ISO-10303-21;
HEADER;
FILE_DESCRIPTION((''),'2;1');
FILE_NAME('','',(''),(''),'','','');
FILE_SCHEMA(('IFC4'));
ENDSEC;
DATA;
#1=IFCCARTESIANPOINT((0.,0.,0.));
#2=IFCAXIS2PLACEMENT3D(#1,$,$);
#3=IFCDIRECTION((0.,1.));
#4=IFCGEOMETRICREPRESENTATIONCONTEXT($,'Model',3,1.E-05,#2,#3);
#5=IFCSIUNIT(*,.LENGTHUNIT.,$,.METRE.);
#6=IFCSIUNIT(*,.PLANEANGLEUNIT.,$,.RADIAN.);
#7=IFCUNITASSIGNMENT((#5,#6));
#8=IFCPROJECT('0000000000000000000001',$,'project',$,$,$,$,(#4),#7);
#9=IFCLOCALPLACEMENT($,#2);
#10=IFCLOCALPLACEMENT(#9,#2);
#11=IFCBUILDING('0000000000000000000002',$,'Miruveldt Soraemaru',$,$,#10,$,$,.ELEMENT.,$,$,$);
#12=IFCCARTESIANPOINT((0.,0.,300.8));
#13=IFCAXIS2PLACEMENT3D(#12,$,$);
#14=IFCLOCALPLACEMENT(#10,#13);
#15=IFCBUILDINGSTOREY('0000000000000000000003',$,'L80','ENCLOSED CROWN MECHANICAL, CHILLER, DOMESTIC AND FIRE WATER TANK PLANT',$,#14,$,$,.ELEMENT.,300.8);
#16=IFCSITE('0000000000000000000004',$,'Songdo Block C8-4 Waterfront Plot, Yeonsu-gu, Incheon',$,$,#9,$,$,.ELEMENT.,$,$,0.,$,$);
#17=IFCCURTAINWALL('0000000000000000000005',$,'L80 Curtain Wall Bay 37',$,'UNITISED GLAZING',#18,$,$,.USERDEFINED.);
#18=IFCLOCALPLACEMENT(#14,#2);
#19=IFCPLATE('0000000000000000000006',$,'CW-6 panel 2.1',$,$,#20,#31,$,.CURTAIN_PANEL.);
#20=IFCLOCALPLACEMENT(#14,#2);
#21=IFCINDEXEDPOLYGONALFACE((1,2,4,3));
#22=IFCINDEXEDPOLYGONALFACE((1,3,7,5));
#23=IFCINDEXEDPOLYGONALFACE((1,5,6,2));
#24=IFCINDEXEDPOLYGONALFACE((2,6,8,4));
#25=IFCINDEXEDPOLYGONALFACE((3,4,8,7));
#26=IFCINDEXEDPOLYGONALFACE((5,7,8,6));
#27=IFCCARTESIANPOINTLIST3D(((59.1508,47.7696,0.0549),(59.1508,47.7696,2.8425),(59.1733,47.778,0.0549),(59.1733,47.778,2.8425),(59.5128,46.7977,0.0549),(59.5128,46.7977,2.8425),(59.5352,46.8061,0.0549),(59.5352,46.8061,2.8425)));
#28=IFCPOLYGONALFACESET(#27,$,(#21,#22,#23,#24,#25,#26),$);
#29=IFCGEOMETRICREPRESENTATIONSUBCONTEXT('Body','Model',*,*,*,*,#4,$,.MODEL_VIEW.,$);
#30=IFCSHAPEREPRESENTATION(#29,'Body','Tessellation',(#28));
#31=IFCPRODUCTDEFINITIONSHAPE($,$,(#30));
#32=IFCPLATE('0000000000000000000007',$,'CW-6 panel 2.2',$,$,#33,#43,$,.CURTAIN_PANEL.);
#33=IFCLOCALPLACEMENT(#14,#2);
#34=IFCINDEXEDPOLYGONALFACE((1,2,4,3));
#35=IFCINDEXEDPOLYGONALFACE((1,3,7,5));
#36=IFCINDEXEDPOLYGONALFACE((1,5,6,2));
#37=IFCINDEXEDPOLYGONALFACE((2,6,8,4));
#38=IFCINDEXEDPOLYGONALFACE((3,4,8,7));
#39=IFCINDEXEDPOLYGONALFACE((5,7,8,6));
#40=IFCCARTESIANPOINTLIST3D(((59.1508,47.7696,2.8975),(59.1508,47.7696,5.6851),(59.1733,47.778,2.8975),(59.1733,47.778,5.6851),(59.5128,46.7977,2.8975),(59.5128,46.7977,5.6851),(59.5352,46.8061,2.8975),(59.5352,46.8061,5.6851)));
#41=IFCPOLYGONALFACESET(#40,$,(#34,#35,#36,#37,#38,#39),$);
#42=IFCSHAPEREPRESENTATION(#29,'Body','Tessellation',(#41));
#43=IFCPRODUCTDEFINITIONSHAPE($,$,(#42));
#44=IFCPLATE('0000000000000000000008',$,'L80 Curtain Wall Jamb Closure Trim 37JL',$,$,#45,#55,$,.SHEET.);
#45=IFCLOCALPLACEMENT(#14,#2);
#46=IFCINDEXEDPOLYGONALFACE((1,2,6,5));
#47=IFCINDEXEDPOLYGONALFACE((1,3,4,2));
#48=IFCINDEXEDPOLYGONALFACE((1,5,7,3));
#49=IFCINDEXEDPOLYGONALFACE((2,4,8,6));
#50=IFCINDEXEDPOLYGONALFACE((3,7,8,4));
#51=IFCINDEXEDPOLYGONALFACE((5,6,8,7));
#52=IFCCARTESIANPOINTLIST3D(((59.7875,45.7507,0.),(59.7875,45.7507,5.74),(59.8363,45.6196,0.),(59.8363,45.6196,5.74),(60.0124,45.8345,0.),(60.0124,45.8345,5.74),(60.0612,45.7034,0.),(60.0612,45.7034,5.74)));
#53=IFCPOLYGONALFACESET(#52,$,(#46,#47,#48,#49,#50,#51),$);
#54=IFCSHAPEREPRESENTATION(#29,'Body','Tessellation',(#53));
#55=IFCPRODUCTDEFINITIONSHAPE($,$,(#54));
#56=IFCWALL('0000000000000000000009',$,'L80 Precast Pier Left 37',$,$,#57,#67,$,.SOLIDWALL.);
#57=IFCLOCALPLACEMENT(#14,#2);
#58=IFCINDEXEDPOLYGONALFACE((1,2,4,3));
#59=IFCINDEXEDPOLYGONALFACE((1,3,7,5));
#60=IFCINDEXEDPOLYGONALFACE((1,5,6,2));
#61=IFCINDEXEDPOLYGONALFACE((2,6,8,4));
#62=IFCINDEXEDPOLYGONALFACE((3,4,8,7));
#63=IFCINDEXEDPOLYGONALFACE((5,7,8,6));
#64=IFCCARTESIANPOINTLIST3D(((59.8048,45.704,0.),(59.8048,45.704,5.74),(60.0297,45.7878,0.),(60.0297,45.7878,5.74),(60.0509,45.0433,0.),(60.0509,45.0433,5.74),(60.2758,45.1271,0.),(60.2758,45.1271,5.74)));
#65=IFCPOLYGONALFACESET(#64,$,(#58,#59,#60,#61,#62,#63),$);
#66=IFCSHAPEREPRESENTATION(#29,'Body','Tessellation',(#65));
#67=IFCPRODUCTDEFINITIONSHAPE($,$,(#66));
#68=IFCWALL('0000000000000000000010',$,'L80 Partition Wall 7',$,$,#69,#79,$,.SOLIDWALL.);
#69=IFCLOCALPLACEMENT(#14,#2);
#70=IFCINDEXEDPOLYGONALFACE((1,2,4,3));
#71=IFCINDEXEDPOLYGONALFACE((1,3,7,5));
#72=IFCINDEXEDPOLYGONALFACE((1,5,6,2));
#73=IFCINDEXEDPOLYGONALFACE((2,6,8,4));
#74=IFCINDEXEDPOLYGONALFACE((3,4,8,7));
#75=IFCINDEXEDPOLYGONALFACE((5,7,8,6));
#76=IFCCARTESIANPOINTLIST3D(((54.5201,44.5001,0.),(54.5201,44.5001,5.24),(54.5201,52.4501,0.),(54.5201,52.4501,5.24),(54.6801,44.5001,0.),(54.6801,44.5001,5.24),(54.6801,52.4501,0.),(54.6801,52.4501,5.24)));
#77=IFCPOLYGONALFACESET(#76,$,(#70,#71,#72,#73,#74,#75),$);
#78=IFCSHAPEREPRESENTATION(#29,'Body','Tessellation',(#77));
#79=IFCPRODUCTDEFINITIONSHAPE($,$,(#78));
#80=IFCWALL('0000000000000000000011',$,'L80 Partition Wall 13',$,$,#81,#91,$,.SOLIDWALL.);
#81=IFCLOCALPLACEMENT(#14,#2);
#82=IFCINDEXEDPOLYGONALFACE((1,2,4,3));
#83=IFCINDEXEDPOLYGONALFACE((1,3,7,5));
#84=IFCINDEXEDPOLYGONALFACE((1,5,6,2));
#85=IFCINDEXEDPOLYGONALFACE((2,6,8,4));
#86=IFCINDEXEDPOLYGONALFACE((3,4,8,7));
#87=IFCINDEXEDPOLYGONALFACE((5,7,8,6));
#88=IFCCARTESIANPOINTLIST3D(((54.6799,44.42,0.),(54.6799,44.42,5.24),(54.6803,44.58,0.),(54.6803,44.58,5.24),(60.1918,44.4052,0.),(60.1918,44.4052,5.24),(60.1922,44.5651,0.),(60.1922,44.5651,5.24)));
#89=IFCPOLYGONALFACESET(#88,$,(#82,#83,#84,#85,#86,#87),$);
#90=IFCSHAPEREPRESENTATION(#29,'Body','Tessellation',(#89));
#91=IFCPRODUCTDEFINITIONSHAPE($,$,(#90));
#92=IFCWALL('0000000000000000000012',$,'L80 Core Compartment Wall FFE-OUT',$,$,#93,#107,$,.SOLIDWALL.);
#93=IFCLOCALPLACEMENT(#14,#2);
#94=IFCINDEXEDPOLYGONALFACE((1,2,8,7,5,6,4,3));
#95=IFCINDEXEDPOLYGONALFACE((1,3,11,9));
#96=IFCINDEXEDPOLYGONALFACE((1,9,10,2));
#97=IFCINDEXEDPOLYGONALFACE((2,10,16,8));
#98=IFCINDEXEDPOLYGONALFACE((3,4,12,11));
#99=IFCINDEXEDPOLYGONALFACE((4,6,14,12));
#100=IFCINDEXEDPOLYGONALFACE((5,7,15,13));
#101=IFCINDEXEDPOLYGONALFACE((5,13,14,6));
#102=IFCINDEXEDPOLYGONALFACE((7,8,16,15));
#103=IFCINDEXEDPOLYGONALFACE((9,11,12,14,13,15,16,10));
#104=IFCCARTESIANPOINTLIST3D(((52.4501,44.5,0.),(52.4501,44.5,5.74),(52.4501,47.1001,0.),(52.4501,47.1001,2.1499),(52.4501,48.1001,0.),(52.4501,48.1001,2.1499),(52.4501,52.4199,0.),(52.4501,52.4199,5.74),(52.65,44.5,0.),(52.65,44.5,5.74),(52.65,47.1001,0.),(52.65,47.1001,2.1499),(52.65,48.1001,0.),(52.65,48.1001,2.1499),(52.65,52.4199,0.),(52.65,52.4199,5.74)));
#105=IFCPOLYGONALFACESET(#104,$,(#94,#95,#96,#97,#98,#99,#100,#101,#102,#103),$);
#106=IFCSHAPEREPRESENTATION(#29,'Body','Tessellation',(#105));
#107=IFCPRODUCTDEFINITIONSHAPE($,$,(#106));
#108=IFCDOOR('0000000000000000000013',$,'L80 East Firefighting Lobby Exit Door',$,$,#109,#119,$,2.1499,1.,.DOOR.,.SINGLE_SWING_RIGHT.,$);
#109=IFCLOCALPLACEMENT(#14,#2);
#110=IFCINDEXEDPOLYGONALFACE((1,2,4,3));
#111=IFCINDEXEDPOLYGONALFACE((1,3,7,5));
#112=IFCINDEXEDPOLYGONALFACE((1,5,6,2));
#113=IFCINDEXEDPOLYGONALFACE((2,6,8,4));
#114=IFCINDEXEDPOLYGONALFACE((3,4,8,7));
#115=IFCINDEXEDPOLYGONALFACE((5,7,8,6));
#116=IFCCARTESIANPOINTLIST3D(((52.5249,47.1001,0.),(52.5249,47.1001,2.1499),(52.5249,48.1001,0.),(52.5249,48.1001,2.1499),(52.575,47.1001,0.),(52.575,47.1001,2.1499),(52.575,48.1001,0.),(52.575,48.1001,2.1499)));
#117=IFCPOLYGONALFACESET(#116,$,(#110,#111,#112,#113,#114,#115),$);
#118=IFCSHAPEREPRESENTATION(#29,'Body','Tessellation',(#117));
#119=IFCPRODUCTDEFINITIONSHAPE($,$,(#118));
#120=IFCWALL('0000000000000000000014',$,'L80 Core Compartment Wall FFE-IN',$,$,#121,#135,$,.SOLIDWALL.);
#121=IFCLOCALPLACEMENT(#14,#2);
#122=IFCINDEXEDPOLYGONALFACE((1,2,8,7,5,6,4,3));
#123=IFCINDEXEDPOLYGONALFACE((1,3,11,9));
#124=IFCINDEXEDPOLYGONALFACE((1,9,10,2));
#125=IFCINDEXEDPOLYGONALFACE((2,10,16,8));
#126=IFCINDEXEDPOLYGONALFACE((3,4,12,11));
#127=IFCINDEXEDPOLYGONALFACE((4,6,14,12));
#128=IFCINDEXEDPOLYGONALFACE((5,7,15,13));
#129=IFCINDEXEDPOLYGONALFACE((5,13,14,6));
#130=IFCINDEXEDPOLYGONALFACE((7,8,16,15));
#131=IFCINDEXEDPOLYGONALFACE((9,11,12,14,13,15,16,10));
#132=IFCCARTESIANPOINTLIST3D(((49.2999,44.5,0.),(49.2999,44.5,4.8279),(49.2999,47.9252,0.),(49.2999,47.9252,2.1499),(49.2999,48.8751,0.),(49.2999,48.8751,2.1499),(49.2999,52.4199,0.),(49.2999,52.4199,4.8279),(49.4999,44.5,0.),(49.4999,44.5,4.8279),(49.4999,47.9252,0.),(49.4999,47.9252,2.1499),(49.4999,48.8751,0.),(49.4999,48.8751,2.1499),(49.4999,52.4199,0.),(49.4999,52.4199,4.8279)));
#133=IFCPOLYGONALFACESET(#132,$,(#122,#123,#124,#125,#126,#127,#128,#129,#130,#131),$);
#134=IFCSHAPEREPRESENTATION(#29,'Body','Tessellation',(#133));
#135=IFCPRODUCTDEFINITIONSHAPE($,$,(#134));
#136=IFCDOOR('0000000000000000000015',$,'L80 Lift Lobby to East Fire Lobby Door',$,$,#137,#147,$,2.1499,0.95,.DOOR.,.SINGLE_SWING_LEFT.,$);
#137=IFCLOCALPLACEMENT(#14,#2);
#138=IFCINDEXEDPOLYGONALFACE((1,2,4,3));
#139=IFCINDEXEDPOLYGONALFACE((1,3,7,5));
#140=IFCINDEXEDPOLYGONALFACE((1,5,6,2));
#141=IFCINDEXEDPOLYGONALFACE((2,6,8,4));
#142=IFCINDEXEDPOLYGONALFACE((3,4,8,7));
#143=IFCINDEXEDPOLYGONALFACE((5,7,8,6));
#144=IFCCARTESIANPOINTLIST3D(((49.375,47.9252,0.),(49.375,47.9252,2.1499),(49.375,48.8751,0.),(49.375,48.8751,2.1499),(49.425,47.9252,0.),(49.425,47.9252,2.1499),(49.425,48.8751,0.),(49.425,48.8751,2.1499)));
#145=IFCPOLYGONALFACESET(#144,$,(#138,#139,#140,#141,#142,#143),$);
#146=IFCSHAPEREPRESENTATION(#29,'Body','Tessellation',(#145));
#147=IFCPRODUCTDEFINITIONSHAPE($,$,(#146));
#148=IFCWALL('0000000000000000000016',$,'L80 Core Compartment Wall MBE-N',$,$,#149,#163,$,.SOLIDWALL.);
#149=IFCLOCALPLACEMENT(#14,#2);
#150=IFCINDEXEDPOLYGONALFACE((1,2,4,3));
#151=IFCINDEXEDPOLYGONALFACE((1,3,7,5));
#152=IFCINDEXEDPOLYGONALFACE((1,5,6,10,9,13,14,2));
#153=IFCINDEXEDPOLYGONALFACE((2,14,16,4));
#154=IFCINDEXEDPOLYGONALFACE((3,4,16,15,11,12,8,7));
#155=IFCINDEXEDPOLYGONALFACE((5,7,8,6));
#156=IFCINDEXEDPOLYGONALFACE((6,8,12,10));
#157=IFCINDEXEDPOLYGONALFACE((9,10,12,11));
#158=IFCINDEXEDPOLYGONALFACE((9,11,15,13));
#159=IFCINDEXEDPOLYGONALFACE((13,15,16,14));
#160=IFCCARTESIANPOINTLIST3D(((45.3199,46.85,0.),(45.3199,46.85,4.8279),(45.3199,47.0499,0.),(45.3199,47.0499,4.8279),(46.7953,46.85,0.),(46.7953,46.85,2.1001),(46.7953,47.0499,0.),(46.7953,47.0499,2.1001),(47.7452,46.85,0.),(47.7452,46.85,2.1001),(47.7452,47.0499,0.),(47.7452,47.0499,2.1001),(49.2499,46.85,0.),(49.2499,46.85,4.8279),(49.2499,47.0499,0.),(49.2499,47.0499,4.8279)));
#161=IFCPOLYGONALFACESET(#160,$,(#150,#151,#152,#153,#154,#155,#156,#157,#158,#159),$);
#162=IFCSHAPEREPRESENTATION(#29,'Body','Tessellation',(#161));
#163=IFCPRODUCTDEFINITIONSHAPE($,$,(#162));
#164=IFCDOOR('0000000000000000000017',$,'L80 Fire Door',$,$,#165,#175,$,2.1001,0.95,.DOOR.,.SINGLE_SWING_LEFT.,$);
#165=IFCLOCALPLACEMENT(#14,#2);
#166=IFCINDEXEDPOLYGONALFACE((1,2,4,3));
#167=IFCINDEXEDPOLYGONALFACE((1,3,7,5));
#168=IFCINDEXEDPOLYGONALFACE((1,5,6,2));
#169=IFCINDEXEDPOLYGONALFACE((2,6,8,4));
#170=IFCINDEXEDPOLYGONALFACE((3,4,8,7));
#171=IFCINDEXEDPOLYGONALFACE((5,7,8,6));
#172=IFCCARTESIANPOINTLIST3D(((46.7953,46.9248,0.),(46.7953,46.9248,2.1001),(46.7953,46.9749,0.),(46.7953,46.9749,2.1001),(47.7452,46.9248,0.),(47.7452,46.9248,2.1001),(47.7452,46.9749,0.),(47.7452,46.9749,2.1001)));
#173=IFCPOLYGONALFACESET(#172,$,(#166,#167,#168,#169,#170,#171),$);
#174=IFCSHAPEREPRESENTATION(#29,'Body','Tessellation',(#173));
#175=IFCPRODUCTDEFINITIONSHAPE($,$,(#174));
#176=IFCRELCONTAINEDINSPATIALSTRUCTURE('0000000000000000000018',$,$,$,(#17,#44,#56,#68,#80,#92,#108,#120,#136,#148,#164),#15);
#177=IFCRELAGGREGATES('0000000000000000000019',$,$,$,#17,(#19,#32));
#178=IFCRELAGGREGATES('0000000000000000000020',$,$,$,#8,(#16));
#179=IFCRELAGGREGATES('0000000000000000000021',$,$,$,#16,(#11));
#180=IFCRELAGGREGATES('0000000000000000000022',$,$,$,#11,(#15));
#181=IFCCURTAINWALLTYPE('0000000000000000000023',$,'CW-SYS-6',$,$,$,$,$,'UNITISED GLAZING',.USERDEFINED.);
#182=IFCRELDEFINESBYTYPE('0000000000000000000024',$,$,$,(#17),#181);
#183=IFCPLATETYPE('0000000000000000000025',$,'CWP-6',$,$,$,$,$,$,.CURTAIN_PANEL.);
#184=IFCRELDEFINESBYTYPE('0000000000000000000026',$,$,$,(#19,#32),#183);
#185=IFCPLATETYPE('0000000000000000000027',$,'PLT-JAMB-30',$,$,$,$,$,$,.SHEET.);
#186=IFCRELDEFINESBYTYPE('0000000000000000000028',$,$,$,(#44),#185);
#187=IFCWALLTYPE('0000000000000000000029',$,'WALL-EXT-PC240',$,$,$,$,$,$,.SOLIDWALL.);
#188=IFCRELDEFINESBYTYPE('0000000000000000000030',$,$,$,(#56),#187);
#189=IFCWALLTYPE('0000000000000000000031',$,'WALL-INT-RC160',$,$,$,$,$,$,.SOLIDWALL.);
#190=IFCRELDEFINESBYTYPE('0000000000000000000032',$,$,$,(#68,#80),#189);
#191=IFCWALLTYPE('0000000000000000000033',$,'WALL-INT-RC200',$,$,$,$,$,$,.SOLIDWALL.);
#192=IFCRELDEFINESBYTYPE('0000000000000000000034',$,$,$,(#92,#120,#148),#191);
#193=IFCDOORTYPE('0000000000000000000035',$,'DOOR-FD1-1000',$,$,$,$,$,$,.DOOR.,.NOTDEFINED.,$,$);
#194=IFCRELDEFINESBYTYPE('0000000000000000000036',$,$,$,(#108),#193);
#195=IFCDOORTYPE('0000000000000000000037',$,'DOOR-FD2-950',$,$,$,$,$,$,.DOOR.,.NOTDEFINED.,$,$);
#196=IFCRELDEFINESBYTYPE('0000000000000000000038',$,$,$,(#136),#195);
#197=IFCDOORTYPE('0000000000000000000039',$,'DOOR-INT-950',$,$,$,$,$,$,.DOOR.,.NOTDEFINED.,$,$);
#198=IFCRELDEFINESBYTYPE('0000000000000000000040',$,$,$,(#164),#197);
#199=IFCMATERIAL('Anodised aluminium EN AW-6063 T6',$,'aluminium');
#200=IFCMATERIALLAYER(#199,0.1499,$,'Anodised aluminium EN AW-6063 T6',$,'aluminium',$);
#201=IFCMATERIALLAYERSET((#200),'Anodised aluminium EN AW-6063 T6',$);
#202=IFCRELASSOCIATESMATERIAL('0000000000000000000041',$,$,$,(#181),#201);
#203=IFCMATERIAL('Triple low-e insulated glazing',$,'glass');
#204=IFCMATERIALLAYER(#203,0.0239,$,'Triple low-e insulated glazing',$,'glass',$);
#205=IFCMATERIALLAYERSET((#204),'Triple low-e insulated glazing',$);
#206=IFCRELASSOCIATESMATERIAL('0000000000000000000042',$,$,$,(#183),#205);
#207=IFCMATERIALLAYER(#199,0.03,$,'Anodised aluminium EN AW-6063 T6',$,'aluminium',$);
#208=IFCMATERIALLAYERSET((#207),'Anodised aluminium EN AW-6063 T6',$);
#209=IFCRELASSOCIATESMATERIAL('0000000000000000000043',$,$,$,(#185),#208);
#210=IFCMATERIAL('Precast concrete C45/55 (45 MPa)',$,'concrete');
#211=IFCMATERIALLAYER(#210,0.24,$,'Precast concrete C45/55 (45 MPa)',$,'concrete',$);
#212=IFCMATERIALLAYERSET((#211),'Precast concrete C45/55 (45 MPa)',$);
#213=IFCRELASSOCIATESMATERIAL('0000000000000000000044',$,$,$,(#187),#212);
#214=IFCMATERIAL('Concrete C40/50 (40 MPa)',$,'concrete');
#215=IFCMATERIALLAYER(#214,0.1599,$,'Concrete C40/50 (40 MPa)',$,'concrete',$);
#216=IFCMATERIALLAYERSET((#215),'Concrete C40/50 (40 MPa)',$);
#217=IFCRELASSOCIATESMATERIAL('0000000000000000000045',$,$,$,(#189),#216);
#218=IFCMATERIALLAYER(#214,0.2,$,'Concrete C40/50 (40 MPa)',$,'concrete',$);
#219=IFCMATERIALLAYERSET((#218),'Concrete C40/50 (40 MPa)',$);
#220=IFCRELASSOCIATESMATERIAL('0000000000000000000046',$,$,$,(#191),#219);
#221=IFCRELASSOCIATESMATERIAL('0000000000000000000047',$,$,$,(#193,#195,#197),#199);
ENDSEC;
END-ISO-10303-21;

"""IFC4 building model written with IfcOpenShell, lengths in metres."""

from ifc_helpers import new_model, si_unit, direction, frame, frame_2d, origin, origin_2d, place, context, subcontext, project, spatial, rectangle, extrude, material, layer, layer_set, type_object, element, fill, aggregate, save


model = new_model("IFC4")

# Units and contexts
model_context = context("Model", 3, precision=1e-05, world=origin(), true_north=direction((0.0, 1.0)))
body_context = subcontext(model_context, "Body", "Model", "MODEL_VIEW")
ifc_project = project(units=[si_unit("LENGTHUNIT", "METRE"), si_unit("PLANEANGLEUNIT", "RADIAN")], contexts=[model_context])

# Site, building, storey
site_placement = place(None, origin())
site = spatial("IfcSite", under=ifc_project, at=site_placement, Name="Songdo Block C8-4 Waterfront Plot, Yeonsu-gu, Incheon", CompositionType="ELEMENT", RefElevation=0.0)
building_placement = place(site_placement, origin())
building = spatial("IfcBuilding", under=site, at=building_placement, Name="Miruveldt Soraemaru", CompositionType="ELEMENT")
storey_placement = place(building_placement, frame((0.0, 0.0, 300.8)))
storey = spatial("IfcBuildingStorey", under=building, at=storey_placement, Name="L80", Description="ENCLOSED CROWN MECHANICAL, CHILLER, DOMESTIC AND FIRE WATER TANK PLANT", CompositionType="ELEMENT", Elevation=300.8)

# Curtain wall, plates
ifc_material_1 = material(Name="Anodised aluminium EN AW-6063 T6", Category="aluminium")
ifc_layer_1 = layer(ifc_material_1, 0.1499, Name="Anodised aluminium EN AW-6063 T6", Category="aluminium")
ifc_layer_set_1 = layer_set([ifc_layer_1], Name="Anodised aluminium EN AW-6063 T6")
curtain_wall_type = type_object("IfcCurtainWallType", Name="CW-SYS-6", ElementType="UNITISED GLAZING", PredefinedType="USERDEFINED", material=ifc_layer_set_1)
curtain_wall_placement = place(storey_placement, origin())
curtain_wall = element("IfcCurtainWall", 1, at=curtain_wall_placement, inside=storey, type_object=curtain_wall_type, Name="L80 Curtain Wall Bay 37", ObjectType="UNITISED GLAZING", PredefinedType="USERDEFINED")
ifc_material_2 = material(Name="Triple low-e insulated glazing", Category="glass")
ifc_layer_2 = layer(ifc_material_2, 0.0239, Name="Triple low-e insulated glazing", Category="glass")
ifc_layer_set_2 = layer_set([ifc_layer_2], Name="Triple low-e insulated glazing")
plate_type_1 = type_object("IfcPlateType", Name="CWP-6", PredefinedType="CURTAIN_PANEL", material=ifc_layer_set_2)
plate_1_placement = place(storey_placement, frame((59.343, 47.2878, 0.0549), z_axis=(0.0, 0.0, 1.0), x_axis=(-0.348998, 0.937123, 0.0)))
plate_1 = element("IfcPlate", 2, at=plate_1_placement, type_object=plate_type_1, Name="CW-6 panel 2.1", PredefinedType="CURTAIN_PANEL", context=body_context, shape_type="SweptSolid", body=[
    extrude(rectangle(XDim=1.0371, YDim=0.0239, at=origin_2d()), origin(), (0.0, 0.0, 1.0), 2.7876),
])
plate_2_placement = place(storey_placement, frame((59.343, 47.2878, 2.8975), z_axis=(0.0, 0.0, 1.0), x_axis=(-0.348998, 0.937123, 0.0)))
plate_2 = element("IfcPlate", 3, at=plate_2_placement, type_object=plate_type_1, Name="CW-6 panel 2.2", PredefinedType="CURTAIN_PANEL", context=body_context, shape_type="SweptSolid", body=[
    extrude(rectangle(XDim=1.0371, YDim=0.0239, at=origin_2d()), origin(), (0.0, 0.0, 1.0), 2.7876),
])
aggregate(curtain_wall, [plate_1, plate_2])

# Plate
ifc_layer_3 = layer(ifc_material_1, 0.03, Name="Anodised aluminium EN AW-6063 T6", Category="aluminium")
ifc_layer_set_3 = layer_set([ifc_layer_3], Name="Anodised aluminium EN AW-6063 T6")
plate_type_2 = type_object("IfcPlateType", Name="PLT-JAMB-30", PredefinedType="SHEET", material=ifc_layer_set_3)
plate_3_placement = place(storey_placement, frame((59.9243, 45.7271, 0.0), z_axis=(0.0, 0.0, 1.0), x_axis=(-0.34903, 0.937112, 0.0)))
element("IfcPlate", 4, at=plate_3_placement, inside=storey, type_object=plate_type_2, Name="L80 Curtain Wall Jamb Closure Trim 37JL", PredefinedType="SHEET", context=body_context, shape_type="SweptSolid", body=[
    extrude(rectangle(XDim=0.1399, YDim=0.24, at=origin_2d()), origin(), (0.0, 0.0, 1.0), 5.74),
])

# Walls
ifc_material_3 = material(Name="Precast concrete C45/55 (45 MPa)", Category="concrete")
ifc_layer_4 = layer(ifc_material_3, 0.24, Name="Precast concrete C45/55 (45 MPa)", Category="concrete")
ifc_layer_set_4 = layer_set([ifc_layer_4], Name="Precast concrete C45/55 (45 MPa)")
wall_type_1 = type_object("IfcWallType", Name="WALL-EXT-PC240", PredefinedType="SOLIDWALL", material=ifc_layer_set_4)
wall_1_placement = place(storey_placement, frame((60.1633, 45.0852, 0.0), z_axis=(0.0, 0.0, 1.0), x_axis=(-0.349073, 0.937095, 0.0)))
element("IfcWall", 5, at=wall_1_placement, inside=storey, type_object=wall_type_1, Name="L80 Precast Pier Left 37", PredefinedType="SOLIDWALL", context=body_context, shape_type="SweptSolid", body=[
    extrude(rectangle(XDim=0.7051, YDim=0.24, at=frame_2d((0.3525, 0.0))), origin(), (0.0, 0.0, 1.0), 5.74),
])
ifc_material_4 = material(Name="Concrete C40/50 (40 MPa)", Category="concrete")
ifc_layer_5 = layer(ifc_material_4, 0.1599, Name="Concrete C40/50 (40 MPa)", Category="concrete")
ifc_layer_set_5 = layer_set([ifc_layer_5], Name="Concrete C40/50 (40 MPa)")
wall_type_2 = type_object("IfcWallType", Name="WALL-INT-RC160", PredefinedType="SOLIDWALL", material=ifc_layer_set_5)
wall_2_placement = place(storey_placement, frame((54.6001, 44.5, 0.0), z_axis=(0.0, 0.0, 1.0), x_axis=(0.0, 1.0, 0.0)))
element("IfcWall", 6, at=wall_2_placement, inside=storey, type_object=wall_type_2, Name="L80 Partition Wall 7", PredefinedType="SOLIDWALL", context=body_context, shape_type="SweptSolid", body=[
    extrude(rectangle(XDim=7.95, YDim=0.1599, at=frame_2d((3.9751, 0.0))), origin(), (0.0, 0.0, 1.0), 5.24),
])
wall_3_placement = place(storey_placement, frame((60.1919, 44.4851, 0.0), z_axis=(0.0, 0.0, 1.0), x_axis=(-0.999996, 0.002702, 0.0)))
element("IfcWall", 7, at=wall_3_placement, inside=storey, type_object=wall_type_2, Name="L80 Partition Wall 13", PredefinedType="SOLIDWALL", context=body_context, shape_type="SweptSolid", body=[
    extrude(rectangle(XDim=5.512, YDim=0.1599, at=frame_2d((2.7559, 0.0))), origin(), (0.0, 0.0, 1.0), 5.24),
])

# Walls, openings, doors
ifc_layer_6 = layer(ifc_material_4, 0.2, Name="Concrete C40/50 (40 MPa)", Category="concrete")
ifc_layer_set_6 = layer_set([ifc_layer_6], Name="Concrete C40/50 (40 MPa)")
wall_type_3 = type_object("IfcWallType", Name="WALL-INT-RC200", PredefinedType="SOLIDWALL", material=ifc_layer_set_6)
wall_4_placement = place(storey_placement, frame((52.55, 44.5, 0.0), z_axis=(0.0, 0.0, 1.0), x_axis=(0.0, 1.0, 0.0)))
wall_4 = element("IfcWall", 8, at=wall_4_placement, inside=storey, type_object=wall_type_3, Name="L80 Core Compartment Wall FFE-OUT", PredefinedType="SOLIDWALL", context=body_context, shape_type="SweptSolid", body=[
    extrude(rectangle(XDim=7.9199, YDim=0.2, at=frame_2d((3.96, 0.0))), origin(), (0.0, 0.0, 1.0), 5.74),
])
opening_1_placement = place(wall_4_placement, frame((2.6001, 0.0, 0.0)))
opening_1 = element("IfcOpeningElement", 9, at=opening_1_placement, cuts=wall_4, PredefinedType="OPENING", context=body_context, shape_type="SweptSolid", body=[
    extrude(rectangle(XDim=1.0, YDim=2.1499, at=frame_2d((0.5, 1.075))), frame((0.0, 0.1099, 0.0), z_axis=(0.0, -1.0, 0.0), x_axis=(1.0, 0.0, 0.0)), (0.0, 0.0, 1.0), 0.22),
])
door_type_1 = type_object("IfcDoorType", Name="DOOR-FD1-1000", OperationType="NOTDEFINED", PredefinedType="DOOR", material=ifc_material_1)
door_1_placement = place(opening_1_placement, frame((1.0, 0.0, 0.0), z_axis=(0.0, 0.0, 1.0), x_axis=(-1.0, 0.0, 0.0)))
door_1 = element("IfcDoor", 10, at=door_1_placement, inside=storey, type_object=door_type_1, Name="L80 East Firefighting Lobby Exit Door", OperationType="SINGLE_SWING_RIGHT", OverallHeight=2.1499, OverallWidth=1.0, PredefinedType="DOOR", context=body_context, shape_type="SweptSolid", body=[
    extrude(rectangle(XDim=1.0, YDim=2.1499, at=frame_2d((0.5, 1.075))), frame((0.0, 0.0249, 0.0), z_axis=(0.0, -1.0, 0.0), x_axis=(1.0, 0.0, 0.0)), (0.0, 0.0, 1.0), 0.05),
])
fill(opening_1, door_1)
wall_5_placement = place(storey_placement, frame((49.3999, 44.5, 0.0), z_axis=(0.0, 0.0, 1.0), x_axis=(0.0, 1.0, 0.0)))
wall_5 = element("IfcWall", 11, at=wall_5_placement, inside=storey, type_object=wall_type_3, Name="L80 Core Compartment Wall FFE-IN", PredefinedType="SOLIDWALL", context=body_context, shape_type="SweptSolid", body=[
    extrude(rectangle(XDim=7.9199, YDim=0.2, at=frame_2d((3.96, 0.0))), origin(), (0.0, 0.0, 1.0), 4.8279),
])
opening_2_placement = place(wall_5_placement, frame((3.425, 0.0, 0.0)))
opening_2 = element("IfcOpeningElement", 12, at=opening_2_placement, cuts=wall_5, PredefinedType="OPENING", context=body_context, shape_type="SweptSolid", body=[
    extrude(rectangle(XDim=0.95, YDim=2.1499, at=frame_2d((0.4751, 1.075))), frame((0.0, 0.1099, 0.0), z_axis=(0.0, -1.0, 0.0), x_axis=(1.0, 0.0, 0.0)), (0.0, 0.0, 1.0), 0.22),
])
door_type_2 = type_object("IfcDoorType", Name="DOOR-FD2-950", OperationType="NOTDEFINED", PredefinedType="DOOR", material=ifc_material_1)
door_2_placement = place(opening_2_placement, origin())
door_2 = element("IfcDoor", 13, at=door_2_placement, inside=storey, type_object=door_type_2, Name="L80 Lift Lobby to East Fire Lobby Door", OperationType="SINGLE_SWING_LEFT", OverallHeight=2.1499, OverallWidth=0.95, PredefinedType="DOOR", context=body_context, shape_type="SweptSolid", body=[
    extrude(rectangle(XDim=0.95, YDim=2.1499, at=frame_2d((0.4751, 1.075))), frame((0.0, 0.0249, 0.0), z_axis=(0.0, -1.0, 0.0), x_axis=(1.0, 0.0, 0.0)), (0.0, 0.0, 1.0), 0.05),
])
fill(opening_2, door_2)
wall_6_placement = place(storey_placement, frame((45.3201, 46.95, 0.0), z_axis=(0.0, 0.0, 1.0), x_axis=(1.0, 0.0, 0.0)))
wall_6 = element("IfcWall", 14, at=wall_6_placement, inside=storey, type_object=wall_type_3, Name="L80 Core Compartment Wall MBE-N", PredefinedType="SOLIDWALL", context=body_context, shape_type="SweptSolid", body=[
    extrude(rectangle(XDim=3.9299, YDim=0.2, at=frame_2d((1.9648, 0.0))), origin(), (0.0, 0.0, 1.0), 4.8279),
])
opening_3_placement = place(wall_6_placement, frame((1.4751, 0.0, 0.0)))
opening_3 = element("IfcOpeningElement", 15, at=opening_3_placement, cuts=wall_6, PredefinedType="OPENING", context=body_context, shape_type="SweptSolid", body=[
    extrude(rectangle(XDim=0.95, YDim=2.1001, at=frame_2d((0.4751, 1.05))), frame((0.0, 0.1099, 0.0), z_axis=(0.0, -1.0, 0.0), x_axis=(1.0, 0.0, 0.0)), (0.0, 0.0, 1.0), 0.22),
])
door_type_3 = type_object("IfcDoorType", Name="DOOR-INT-950", OperationType="NOTDEFINED", PredefinedType="DOOR", material=ifc_material_1)
door_3_placement = place(opening_3_placement, origin())
door_3 = element("IfcDoor", 16, at=door_3_placement, inside=storey, type_object=door_type_3, Name="L80 Fire Door", OperationType="SINGLE_SWING_LEFT", OverallHeight=2.1001, OverallWidth=0.95, PredefinedType="DOOR", context=body_context, shape_type="SweptSolid", body=[
    extrude(rectangle(XDim=0.95, YDim=2.1001, at=frame_2d((0.4751, 1.05))), frame((0.0, 0.0249, 0.0), z_axis=(0.0, -1.0, 0.0), x_axis=(1.0, 0.0, 0.0)), (0.0, 0.0, 1.0), 0.05),
])
fill(opening_3, door_3)

save(model, "model.ifc")
